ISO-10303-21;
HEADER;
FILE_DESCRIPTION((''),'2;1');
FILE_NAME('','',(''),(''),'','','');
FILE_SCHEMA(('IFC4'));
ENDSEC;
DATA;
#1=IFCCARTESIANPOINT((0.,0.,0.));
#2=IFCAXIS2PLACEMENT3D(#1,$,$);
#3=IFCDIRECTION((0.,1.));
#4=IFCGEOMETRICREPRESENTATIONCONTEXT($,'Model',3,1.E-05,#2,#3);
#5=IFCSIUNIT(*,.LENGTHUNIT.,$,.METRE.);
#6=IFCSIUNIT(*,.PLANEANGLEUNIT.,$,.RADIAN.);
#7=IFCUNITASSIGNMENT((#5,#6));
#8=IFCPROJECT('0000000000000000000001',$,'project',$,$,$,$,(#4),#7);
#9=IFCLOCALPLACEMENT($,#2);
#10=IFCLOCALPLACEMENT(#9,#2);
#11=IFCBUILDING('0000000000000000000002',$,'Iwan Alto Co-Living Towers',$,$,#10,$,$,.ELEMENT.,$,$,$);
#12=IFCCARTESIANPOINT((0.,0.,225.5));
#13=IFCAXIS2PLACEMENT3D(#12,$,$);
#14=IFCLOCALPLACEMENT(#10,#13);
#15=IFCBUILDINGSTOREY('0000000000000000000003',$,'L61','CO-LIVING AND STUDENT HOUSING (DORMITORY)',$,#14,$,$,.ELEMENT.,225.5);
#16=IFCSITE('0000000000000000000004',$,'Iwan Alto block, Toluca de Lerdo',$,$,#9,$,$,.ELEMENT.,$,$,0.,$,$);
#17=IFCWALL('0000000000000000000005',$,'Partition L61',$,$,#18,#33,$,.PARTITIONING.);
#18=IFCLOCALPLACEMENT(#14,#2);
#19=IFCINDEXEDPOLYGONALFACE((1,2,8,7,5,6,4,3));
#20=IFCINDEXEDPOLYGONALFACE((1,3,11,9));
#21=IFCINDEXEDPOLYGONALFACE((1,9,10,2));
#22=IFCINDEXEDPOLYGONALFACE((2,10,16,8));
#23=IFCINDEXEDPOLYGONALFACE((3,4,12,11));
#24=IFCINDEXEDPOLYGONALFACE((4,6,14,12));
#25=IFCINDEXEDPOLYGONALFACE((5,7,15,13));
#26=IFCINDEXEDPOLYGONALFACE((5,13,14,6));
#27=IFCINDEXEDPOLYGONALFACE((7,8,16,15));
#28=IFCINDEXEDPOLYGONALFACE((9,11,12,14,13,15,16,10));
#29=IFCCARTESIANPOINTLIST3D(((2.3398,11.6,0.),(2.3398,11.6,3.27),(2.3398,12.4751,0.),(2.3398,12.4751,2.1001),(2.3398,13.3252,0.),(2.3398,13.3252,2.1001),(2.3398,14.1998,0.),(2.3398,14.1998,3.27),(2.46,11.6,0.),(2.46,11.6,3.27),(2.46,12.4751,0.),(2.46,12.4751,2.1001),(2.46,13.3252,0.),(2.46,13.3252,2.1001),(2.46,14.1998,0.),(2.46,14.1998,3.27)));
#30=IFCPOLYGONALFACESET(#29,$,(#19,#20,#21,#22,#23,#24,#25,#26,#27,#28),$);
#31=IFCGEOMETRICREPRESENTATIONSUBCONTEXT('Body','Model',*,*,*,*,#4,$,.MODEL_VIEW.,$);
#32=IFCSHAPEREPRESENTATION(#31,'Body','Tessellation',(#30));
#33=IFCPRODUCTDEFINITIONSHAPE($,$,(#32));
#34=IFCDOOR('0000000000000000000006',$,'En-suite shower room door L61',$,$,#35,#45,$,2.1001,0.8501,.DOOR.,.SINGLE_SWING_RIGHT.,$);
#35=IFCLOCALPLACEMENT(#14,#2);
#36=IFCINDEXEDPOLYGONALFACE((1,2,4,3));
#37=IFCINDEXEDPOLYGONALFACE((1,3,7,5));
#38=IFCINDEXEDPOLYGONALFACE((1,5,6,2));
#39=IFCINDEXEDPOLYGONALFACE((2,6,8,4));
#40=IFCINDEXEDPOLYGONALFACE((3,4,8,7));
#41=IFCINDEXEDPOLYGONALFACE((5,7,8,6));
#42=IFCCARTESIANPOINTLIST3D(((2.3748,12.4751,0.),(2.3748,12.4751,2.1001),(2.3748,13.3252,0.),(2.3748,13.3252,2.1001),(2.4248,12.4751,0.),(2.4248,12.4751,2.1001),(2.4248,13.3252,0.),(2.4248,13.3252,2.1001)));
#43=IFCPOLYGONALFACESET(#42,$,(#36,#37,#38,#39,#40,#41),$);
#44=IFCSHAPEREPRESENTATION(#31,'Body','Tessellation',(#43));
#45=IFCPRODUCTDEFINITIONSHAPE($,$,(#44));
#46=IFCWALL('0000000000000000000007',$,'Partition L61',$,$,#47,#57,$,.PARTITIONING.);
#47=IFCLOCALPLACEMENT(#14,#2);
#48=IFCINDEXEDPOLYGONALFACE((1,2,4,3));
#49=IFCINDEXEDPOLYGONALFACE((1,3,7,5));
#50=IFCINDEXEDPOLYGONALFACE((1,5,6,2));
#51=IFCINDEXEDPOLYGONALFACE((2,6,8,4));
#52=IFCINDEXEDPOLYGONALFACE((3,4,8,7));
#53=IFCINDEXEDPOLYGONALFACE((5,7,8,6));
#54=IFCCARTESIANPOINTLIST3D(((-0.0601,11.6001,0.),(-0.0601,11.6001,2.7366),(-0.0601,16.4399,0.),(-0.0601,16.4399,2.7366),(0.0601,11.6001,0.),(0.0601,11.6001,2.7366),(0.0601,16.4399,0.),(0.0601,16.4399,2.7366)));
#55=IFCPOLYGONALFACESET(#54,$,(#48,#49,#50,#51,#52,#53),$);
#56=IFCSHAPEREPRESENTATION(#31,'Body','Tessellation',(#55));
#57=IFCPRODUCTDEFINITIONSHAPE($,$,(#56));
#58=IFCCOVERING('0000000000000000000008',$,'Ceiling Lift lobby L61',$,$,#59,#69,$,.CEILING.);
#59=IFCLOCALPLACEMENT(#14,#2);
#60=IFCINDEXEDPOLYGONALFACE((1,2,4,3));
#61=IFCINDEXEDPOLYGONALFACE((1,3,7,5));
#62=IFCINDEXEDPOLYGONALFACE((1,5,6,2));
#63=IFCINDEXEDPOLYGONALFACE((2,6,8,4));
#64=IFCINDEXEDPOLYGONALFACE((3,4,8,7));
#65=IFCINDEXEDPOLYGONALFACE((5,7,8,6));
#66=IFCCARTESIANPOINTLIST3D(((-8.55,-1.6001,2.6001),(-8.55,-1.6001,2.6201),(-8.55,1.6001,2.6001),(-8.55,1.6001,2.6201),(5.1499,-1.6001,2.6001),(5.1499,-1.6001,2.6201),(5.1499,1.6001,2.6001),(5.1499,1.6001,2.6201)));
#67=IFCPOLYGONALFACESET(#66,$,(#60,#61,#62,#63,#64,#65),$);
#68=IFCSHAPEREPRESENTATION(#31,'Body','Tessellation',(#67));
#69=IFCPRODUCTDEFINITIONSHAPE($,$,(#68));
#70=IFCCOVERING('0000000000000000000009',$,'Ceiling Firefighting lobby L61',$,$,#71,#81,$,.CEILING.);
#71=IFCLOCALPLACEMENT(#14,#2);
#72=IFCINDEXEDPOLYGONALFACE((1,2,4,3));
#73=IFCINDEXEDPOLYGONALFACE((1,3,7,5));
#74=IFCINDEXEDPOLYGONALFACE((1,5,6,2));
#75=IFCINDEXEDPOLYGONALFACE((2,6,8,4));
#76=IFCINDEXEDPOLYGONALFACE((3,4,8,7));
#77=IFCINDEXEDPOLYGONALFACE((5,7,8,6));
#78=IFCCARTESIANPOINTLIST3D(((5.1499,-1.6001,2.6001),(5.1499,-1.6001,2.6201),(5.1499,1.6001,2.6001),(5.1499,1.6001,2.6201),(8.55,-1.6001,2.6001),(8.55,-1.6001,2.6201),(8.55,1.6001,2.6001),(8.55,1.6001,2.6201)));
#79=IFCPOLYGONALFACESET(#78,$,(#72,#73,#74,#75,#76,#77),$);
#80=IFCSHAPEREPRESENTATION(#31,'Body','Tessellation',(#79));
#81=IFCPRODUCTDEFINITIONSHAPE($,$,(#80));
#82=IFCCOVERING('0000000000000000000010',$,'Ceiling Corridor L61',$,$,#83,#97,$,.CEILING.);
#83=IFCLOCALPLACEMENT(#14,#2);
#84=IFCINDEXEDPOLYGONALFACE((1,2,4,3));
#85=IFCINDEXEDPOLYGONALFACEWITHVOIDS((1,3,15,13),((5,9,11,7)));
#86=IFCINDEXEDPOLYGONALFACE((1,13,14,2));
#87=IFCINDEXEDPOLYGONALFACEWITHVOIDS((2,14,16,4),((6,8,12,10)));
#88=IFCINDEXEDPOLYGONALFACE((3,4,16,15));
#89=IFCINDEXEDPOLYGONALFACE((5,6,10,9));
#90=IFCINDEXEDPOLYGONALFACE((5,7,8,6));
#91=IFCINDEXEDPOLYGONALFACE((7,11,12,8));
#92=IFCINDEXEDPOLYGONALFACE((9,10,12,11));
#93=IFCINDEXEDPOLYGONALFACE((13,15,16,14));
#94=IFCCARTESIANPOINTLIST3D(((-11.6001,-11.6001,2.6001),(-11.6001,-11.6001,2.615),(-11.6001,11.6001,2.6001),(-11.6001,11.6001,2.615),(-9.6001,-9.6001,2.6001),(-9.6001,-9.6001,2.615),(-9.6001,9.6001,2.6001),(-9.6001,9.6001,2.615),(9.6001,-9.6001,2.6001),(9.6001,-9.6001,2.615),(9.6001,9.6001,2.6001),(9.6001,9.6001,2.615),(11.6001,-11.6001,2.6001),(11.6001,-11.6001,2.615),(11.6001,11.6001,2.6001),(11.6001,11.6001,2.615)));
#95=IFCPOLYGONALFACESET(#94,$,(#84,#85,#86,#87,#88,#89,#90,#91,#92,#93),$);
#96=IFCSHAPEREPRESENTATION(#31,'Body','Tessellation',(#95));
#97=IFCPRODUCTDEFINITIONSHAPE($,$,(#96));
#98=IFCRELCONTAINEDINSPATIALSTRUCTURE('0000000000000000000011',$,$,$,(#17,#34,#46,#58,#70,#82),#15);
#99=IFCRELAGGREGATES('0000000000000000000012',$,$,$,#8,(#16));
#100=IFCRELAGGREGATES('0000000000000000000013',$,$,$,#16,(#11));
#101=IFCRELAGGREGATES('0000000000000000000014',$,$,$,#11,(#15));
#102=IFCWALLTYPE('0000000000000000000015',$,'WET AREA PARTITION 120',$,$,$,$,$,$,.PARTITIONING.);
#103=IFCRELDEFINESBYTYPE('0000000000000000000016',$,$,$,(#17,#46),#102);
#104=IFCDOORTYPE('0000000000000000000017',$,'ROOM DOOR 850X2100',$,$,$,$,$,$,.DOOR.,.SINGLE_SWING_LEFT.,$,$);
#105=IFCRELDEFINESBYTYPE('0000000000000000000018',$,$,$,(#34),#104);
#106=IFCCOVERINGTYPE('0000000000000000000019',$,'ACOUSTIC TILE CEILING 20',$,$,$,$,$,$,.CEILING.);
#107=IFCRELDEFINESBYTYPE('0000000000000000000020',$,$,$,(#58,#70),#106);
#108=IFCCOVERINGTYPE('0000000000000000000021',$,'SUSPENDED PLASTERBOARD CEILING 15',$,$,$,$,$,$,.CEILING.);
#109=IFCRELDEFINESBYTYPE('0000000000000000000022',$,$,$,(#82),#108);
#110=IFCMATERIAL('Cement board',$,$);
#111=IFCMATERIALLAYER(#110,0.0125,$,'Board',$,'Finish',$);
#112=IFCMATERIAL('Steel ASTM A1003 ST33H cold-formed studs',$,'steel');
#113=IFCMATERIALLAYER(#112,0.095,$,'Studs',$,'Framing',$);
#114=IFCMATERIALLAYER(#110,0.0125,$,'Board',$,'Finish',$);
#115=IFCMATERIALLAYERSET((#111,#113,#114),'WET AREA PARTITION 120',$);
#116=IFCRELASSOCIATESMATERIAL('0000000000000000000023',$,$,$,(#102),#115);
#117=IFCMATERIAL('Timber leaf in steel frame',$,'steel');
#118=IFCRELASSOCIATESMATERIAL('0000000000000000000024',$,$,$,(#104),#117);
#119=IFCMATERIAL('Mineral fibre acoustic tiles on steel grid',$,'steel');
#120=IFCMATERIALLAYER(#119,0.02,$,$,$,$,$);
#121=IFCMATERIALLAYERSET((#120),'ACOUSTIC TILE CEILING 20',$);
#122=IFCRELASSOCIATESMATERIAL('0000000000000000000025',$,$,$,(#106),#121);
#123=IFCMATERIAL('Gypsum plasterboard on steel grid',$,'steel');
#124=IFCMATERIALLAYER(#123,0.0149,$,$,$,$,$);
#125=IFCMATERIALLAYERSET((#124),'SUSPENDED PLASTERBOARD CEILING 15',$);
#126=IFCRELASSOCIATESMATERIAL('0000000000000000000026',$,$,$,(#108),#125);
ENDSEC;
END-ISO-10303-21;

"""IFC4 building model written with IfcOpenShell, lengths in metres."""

from ifc_helpers import new_model, si_unit, direction, frame, frame_2d, origin, place, context, subcontext, project, spatial, polyline, rectangle, outline, extrude, material, layer, layer_set, type_object, element, fill, save


model = new_model("IFC4")

# Units and contexts
model_context = context("Model", 3, precision=1e-05, world=origin(), true_north=direction((0.0, 1.0)))
body_context = subcontext(model_context, "Body", "Model", "MODEL_VIEW")
ifc_project = project(units=[si_unit("LENGTHUNIT", "METRE"), si_unit("PLANEANGLEUNIT", "RADIAN")], contexts=[model_context])

# Site, building, storey
site_placement = place(None, origin())
site = spatial("IfcSite", under=ifc_project, at=site_placement, Name="Iwan Alto block, Toluca de Lerdo", CompositionType="ELEMENT", RefElevation=0.0)
building_placement = place(site_placement, origin())
building = spatial("IfcBuilding", under=site, at=building_placement, Name="Iwan Alto Co-Living Towers", CompositionType="ELEMENT")
storey_placement = place(building_placement, frame((0.0, 0.0, 225.5)))
storey = spatial("IfcBuildingStorey", under=building, at=storey_placement, Name="L61", Description="CO-LIVING AND STUDENT HOUSING (DORMITORY)", CompositionType="ELEMENT", Elevation=225.5)

# Shared definitions
ifc_material_1 = material(Name="Steel ASTM A1003 ST33H cold-formed studs", Category="steel")

# Shared definitions
ifc_material_2 = material(Name="Cement board")
ifc_layer_1 = layer(ifc_material_2, 0.0125, Name="Board", Category="Finish")
ifc_layer_2 = layer(ifc_material_1, 0.095, Name="Studs", Category="Framing")
ifc_layer_3 = layer(ifc_material_2, 0.0125, Name="Board", Category="Finish")
ifc_layer_set_1 = layer_set([ifc_layer_1, ifc_layer_2, ifc_layer_3], Name="WET AREA PARTITION 120")
wall_type_1 = type_object("IfcWallType", Name="WET AREA PARTITION 120", PredefinedType="PARTITIONING", material=ifc_layer_set_1)
ifc_material_3 = material(Name="Timber leaf in steel frame", Category="steel")
door_type_1 = type_object("IfcDoorType", Name="ROOM DOOR 850X2100", OperationType="SINGLE_SWING_LEFT", PredefinedType="DOOR", material=ifc_material_3)

# Wall, opening, door
wall_1_placement = place(storey_placement, frame((2.3999, 11.6001, 0.0), z_axis=(0.0, 0.0, 1.0), x_axis=(0.0, 1.0, 0.0)))
wall_1 = element("IfcWall", 1, at=wall_1_placement, inside=storey, type_object=wall_type_1, Name="Partition L61", PredefinedType="PARTITIONING", context=body_context, shape_type="SweptSolid", body=[
    extrude(rectangle(XDim=2.5999, YDim=0.1201, at=frame_2d((1.2998, 0.0))), origin(), (0.0, 0.0, 1.0), 3.27),
])
opening_1_placement = place(wall_1_placement, frame((0.875, 0.0, 0.0)))
opening_1 = element("IfcOpeningElement", 2, at=opening_1_placement, cuts=wall_1, PredefinedType="OPENING", context=body_context, shape_type="SweptSolid", body=[
    extrude(rectangle(XDim=0.8501, YDim=2.1001, at=frame_2d((0.425, 1.05))), frame((0.0, 0.0701, 0.0), z_axis=(0.0, -1.0, 0.0), x_axis=(1.0, 0.0, 0.0)), (0.0, 0.0, 1.0), 0.1401),
])
door_1_placement = place(opening_1_placement, frame((0.8501, 0.0, 0.0), z_axis=(0.0, 0.0, 1.0), x_axis=(-1.0, 0.0, 0.0)))
door_1 = element("IfcDoor", 3, at=door_1_placement, inside=storey, type_object=door_type_1, Name="En-suite shower room door L61", OperationType="SINGLE_SWING_RIGHT", OverallHeight=2.1001, OverallWidth=0.8501, PredefinedType="DOOR", context=body_context, shape_type="SweptSolid", body=[
    extrude(rectangle(XDim=0.8501, YDim=2.1001, at=frame_2d((0.425, 1.05))), frame((0.0, 0.0249, 0.0), z_axis=(0.0, -1.0, 0.0), x_axis=(1.0, 0.0, 0.0)), (0.0, 0.0, 1.0), 0.05),
])
fill(opening_1, door_1)

# Wall
wall_2_placement = place(storey_placement, frame((0.0, 11.6001, 0.0), z_axis=(0.0, 0.0, 1.0), x_axis=(0.0, 1.0, 0.0)))
element("IfcWall", 4, at=wall_2_placement, inside=storey, type_object=wall_type_1, Name="Partition L61", PredefinedType="PARTITIONING", context=body_context, shape_type="SweptSolid", body=[
    extrude(rectangle(XDim=4.8398, YDim=0.1201, at=frame_2d((2.4199, 0.0))), origin(), (0.0, 0.0, 1.0), 2.7366),
])

# Coverings
ifc_material_4 = material(Name="Mineral fibre acoustic tiles on steel grid", Category="steel")
ifc_layer_4 = layer(ifc_material_4, 0.02)
ifc_layer_set_2 = layer_set([ifc_layer_4], Name="ACOUSTIC TILE CEILING 20")
covering_type_1 = type_object("IfcCoveringType", Name="ACOUSTIC TILE CEILING 20", PredefinedType="CEILING", material=ifc_layer_set_2)
covering_1_placement = place(storey_placement, frame((0.0, 0.0, 2.6001)))
element("IfcCovering", 5, at=covering_1_placement, inside=storey, type_object=covering_type_1, Name="Ceiling Lift lobby L61", PredefinedType="CEILING", context=body_context, shape_type="SweptSolid", body=[
    extrude(outline(polyline([(-8.55, -1.6001), (-8.55, 1.6001), (5.1499, 1.6001), (5.1499, -1.6001), (-8.55, -1.6001)])), origin(), (0.0, 0.0, 1.0), 0.02),
])
covering_2_placement = place(storey_placement, frame((0.0, 0.0, 2.6001)))
element("IfcCovering", 6, at=covering_2_placement, inside=storey, type_object=covering_type_1, Name="Ceiling Firefighting lobby L61", PredefinedType="CEILING", context=body_context, shape_type="SweptSolid", body=[
    extrude(outline(polyline([(5.1499, -1.6001), (5.1499, 1.6001), (8.55, 1.6001), (8.55, -1.6001), (5.1499, -1.6001)])), origin(), (0.0, 0.0, 1.0), 0.02),
])
ifc_material_5 = material(Name="Gypsum plasterboard on steel grid", Category="steel")
ifc_layer_5 = layer(ifc_material_5, 0.0149)
ifc_layer_set_3 = layer_set([ifc_layer_5], Name="SUSPENDED PLASTERBOARD CEILING 15")
covering_type_2 = type_object("IfcCoveringType", Name="SUSPENDED PLASTERBOARD CEILING 15", PredefinedType="CEILING", material=ifc_layer_set_3)
covering_3_placement = place(storey_placement, frame((0.0, 0.0, 2.6001)))
element("IfcCovering", 7, at=covering_3_placement, inside=storey, type_object=covering_type_2, Name="Ceiling Corridor L61", PredefinedType="CEILING", context=body_context, shape_type="SweptSolid", body=[
    extrude(outline(polyline([(-11.6001, 11.6001), (11.6001, 11.6001), (11.6001, -11.6001), (-11.6001, -11.6001), (-11.6001, 11.6001)]), holes=[polyline([(-9.6001, 9.6001), (-9.6001, -9.6001), (9.6001, -9.6001), (9.6001, 9.6001), (-9.6001, 9.6001)])]), origin(), (0.0, 0.0, 1.0), 0.0149),
])

save(model, "model.ifc")
